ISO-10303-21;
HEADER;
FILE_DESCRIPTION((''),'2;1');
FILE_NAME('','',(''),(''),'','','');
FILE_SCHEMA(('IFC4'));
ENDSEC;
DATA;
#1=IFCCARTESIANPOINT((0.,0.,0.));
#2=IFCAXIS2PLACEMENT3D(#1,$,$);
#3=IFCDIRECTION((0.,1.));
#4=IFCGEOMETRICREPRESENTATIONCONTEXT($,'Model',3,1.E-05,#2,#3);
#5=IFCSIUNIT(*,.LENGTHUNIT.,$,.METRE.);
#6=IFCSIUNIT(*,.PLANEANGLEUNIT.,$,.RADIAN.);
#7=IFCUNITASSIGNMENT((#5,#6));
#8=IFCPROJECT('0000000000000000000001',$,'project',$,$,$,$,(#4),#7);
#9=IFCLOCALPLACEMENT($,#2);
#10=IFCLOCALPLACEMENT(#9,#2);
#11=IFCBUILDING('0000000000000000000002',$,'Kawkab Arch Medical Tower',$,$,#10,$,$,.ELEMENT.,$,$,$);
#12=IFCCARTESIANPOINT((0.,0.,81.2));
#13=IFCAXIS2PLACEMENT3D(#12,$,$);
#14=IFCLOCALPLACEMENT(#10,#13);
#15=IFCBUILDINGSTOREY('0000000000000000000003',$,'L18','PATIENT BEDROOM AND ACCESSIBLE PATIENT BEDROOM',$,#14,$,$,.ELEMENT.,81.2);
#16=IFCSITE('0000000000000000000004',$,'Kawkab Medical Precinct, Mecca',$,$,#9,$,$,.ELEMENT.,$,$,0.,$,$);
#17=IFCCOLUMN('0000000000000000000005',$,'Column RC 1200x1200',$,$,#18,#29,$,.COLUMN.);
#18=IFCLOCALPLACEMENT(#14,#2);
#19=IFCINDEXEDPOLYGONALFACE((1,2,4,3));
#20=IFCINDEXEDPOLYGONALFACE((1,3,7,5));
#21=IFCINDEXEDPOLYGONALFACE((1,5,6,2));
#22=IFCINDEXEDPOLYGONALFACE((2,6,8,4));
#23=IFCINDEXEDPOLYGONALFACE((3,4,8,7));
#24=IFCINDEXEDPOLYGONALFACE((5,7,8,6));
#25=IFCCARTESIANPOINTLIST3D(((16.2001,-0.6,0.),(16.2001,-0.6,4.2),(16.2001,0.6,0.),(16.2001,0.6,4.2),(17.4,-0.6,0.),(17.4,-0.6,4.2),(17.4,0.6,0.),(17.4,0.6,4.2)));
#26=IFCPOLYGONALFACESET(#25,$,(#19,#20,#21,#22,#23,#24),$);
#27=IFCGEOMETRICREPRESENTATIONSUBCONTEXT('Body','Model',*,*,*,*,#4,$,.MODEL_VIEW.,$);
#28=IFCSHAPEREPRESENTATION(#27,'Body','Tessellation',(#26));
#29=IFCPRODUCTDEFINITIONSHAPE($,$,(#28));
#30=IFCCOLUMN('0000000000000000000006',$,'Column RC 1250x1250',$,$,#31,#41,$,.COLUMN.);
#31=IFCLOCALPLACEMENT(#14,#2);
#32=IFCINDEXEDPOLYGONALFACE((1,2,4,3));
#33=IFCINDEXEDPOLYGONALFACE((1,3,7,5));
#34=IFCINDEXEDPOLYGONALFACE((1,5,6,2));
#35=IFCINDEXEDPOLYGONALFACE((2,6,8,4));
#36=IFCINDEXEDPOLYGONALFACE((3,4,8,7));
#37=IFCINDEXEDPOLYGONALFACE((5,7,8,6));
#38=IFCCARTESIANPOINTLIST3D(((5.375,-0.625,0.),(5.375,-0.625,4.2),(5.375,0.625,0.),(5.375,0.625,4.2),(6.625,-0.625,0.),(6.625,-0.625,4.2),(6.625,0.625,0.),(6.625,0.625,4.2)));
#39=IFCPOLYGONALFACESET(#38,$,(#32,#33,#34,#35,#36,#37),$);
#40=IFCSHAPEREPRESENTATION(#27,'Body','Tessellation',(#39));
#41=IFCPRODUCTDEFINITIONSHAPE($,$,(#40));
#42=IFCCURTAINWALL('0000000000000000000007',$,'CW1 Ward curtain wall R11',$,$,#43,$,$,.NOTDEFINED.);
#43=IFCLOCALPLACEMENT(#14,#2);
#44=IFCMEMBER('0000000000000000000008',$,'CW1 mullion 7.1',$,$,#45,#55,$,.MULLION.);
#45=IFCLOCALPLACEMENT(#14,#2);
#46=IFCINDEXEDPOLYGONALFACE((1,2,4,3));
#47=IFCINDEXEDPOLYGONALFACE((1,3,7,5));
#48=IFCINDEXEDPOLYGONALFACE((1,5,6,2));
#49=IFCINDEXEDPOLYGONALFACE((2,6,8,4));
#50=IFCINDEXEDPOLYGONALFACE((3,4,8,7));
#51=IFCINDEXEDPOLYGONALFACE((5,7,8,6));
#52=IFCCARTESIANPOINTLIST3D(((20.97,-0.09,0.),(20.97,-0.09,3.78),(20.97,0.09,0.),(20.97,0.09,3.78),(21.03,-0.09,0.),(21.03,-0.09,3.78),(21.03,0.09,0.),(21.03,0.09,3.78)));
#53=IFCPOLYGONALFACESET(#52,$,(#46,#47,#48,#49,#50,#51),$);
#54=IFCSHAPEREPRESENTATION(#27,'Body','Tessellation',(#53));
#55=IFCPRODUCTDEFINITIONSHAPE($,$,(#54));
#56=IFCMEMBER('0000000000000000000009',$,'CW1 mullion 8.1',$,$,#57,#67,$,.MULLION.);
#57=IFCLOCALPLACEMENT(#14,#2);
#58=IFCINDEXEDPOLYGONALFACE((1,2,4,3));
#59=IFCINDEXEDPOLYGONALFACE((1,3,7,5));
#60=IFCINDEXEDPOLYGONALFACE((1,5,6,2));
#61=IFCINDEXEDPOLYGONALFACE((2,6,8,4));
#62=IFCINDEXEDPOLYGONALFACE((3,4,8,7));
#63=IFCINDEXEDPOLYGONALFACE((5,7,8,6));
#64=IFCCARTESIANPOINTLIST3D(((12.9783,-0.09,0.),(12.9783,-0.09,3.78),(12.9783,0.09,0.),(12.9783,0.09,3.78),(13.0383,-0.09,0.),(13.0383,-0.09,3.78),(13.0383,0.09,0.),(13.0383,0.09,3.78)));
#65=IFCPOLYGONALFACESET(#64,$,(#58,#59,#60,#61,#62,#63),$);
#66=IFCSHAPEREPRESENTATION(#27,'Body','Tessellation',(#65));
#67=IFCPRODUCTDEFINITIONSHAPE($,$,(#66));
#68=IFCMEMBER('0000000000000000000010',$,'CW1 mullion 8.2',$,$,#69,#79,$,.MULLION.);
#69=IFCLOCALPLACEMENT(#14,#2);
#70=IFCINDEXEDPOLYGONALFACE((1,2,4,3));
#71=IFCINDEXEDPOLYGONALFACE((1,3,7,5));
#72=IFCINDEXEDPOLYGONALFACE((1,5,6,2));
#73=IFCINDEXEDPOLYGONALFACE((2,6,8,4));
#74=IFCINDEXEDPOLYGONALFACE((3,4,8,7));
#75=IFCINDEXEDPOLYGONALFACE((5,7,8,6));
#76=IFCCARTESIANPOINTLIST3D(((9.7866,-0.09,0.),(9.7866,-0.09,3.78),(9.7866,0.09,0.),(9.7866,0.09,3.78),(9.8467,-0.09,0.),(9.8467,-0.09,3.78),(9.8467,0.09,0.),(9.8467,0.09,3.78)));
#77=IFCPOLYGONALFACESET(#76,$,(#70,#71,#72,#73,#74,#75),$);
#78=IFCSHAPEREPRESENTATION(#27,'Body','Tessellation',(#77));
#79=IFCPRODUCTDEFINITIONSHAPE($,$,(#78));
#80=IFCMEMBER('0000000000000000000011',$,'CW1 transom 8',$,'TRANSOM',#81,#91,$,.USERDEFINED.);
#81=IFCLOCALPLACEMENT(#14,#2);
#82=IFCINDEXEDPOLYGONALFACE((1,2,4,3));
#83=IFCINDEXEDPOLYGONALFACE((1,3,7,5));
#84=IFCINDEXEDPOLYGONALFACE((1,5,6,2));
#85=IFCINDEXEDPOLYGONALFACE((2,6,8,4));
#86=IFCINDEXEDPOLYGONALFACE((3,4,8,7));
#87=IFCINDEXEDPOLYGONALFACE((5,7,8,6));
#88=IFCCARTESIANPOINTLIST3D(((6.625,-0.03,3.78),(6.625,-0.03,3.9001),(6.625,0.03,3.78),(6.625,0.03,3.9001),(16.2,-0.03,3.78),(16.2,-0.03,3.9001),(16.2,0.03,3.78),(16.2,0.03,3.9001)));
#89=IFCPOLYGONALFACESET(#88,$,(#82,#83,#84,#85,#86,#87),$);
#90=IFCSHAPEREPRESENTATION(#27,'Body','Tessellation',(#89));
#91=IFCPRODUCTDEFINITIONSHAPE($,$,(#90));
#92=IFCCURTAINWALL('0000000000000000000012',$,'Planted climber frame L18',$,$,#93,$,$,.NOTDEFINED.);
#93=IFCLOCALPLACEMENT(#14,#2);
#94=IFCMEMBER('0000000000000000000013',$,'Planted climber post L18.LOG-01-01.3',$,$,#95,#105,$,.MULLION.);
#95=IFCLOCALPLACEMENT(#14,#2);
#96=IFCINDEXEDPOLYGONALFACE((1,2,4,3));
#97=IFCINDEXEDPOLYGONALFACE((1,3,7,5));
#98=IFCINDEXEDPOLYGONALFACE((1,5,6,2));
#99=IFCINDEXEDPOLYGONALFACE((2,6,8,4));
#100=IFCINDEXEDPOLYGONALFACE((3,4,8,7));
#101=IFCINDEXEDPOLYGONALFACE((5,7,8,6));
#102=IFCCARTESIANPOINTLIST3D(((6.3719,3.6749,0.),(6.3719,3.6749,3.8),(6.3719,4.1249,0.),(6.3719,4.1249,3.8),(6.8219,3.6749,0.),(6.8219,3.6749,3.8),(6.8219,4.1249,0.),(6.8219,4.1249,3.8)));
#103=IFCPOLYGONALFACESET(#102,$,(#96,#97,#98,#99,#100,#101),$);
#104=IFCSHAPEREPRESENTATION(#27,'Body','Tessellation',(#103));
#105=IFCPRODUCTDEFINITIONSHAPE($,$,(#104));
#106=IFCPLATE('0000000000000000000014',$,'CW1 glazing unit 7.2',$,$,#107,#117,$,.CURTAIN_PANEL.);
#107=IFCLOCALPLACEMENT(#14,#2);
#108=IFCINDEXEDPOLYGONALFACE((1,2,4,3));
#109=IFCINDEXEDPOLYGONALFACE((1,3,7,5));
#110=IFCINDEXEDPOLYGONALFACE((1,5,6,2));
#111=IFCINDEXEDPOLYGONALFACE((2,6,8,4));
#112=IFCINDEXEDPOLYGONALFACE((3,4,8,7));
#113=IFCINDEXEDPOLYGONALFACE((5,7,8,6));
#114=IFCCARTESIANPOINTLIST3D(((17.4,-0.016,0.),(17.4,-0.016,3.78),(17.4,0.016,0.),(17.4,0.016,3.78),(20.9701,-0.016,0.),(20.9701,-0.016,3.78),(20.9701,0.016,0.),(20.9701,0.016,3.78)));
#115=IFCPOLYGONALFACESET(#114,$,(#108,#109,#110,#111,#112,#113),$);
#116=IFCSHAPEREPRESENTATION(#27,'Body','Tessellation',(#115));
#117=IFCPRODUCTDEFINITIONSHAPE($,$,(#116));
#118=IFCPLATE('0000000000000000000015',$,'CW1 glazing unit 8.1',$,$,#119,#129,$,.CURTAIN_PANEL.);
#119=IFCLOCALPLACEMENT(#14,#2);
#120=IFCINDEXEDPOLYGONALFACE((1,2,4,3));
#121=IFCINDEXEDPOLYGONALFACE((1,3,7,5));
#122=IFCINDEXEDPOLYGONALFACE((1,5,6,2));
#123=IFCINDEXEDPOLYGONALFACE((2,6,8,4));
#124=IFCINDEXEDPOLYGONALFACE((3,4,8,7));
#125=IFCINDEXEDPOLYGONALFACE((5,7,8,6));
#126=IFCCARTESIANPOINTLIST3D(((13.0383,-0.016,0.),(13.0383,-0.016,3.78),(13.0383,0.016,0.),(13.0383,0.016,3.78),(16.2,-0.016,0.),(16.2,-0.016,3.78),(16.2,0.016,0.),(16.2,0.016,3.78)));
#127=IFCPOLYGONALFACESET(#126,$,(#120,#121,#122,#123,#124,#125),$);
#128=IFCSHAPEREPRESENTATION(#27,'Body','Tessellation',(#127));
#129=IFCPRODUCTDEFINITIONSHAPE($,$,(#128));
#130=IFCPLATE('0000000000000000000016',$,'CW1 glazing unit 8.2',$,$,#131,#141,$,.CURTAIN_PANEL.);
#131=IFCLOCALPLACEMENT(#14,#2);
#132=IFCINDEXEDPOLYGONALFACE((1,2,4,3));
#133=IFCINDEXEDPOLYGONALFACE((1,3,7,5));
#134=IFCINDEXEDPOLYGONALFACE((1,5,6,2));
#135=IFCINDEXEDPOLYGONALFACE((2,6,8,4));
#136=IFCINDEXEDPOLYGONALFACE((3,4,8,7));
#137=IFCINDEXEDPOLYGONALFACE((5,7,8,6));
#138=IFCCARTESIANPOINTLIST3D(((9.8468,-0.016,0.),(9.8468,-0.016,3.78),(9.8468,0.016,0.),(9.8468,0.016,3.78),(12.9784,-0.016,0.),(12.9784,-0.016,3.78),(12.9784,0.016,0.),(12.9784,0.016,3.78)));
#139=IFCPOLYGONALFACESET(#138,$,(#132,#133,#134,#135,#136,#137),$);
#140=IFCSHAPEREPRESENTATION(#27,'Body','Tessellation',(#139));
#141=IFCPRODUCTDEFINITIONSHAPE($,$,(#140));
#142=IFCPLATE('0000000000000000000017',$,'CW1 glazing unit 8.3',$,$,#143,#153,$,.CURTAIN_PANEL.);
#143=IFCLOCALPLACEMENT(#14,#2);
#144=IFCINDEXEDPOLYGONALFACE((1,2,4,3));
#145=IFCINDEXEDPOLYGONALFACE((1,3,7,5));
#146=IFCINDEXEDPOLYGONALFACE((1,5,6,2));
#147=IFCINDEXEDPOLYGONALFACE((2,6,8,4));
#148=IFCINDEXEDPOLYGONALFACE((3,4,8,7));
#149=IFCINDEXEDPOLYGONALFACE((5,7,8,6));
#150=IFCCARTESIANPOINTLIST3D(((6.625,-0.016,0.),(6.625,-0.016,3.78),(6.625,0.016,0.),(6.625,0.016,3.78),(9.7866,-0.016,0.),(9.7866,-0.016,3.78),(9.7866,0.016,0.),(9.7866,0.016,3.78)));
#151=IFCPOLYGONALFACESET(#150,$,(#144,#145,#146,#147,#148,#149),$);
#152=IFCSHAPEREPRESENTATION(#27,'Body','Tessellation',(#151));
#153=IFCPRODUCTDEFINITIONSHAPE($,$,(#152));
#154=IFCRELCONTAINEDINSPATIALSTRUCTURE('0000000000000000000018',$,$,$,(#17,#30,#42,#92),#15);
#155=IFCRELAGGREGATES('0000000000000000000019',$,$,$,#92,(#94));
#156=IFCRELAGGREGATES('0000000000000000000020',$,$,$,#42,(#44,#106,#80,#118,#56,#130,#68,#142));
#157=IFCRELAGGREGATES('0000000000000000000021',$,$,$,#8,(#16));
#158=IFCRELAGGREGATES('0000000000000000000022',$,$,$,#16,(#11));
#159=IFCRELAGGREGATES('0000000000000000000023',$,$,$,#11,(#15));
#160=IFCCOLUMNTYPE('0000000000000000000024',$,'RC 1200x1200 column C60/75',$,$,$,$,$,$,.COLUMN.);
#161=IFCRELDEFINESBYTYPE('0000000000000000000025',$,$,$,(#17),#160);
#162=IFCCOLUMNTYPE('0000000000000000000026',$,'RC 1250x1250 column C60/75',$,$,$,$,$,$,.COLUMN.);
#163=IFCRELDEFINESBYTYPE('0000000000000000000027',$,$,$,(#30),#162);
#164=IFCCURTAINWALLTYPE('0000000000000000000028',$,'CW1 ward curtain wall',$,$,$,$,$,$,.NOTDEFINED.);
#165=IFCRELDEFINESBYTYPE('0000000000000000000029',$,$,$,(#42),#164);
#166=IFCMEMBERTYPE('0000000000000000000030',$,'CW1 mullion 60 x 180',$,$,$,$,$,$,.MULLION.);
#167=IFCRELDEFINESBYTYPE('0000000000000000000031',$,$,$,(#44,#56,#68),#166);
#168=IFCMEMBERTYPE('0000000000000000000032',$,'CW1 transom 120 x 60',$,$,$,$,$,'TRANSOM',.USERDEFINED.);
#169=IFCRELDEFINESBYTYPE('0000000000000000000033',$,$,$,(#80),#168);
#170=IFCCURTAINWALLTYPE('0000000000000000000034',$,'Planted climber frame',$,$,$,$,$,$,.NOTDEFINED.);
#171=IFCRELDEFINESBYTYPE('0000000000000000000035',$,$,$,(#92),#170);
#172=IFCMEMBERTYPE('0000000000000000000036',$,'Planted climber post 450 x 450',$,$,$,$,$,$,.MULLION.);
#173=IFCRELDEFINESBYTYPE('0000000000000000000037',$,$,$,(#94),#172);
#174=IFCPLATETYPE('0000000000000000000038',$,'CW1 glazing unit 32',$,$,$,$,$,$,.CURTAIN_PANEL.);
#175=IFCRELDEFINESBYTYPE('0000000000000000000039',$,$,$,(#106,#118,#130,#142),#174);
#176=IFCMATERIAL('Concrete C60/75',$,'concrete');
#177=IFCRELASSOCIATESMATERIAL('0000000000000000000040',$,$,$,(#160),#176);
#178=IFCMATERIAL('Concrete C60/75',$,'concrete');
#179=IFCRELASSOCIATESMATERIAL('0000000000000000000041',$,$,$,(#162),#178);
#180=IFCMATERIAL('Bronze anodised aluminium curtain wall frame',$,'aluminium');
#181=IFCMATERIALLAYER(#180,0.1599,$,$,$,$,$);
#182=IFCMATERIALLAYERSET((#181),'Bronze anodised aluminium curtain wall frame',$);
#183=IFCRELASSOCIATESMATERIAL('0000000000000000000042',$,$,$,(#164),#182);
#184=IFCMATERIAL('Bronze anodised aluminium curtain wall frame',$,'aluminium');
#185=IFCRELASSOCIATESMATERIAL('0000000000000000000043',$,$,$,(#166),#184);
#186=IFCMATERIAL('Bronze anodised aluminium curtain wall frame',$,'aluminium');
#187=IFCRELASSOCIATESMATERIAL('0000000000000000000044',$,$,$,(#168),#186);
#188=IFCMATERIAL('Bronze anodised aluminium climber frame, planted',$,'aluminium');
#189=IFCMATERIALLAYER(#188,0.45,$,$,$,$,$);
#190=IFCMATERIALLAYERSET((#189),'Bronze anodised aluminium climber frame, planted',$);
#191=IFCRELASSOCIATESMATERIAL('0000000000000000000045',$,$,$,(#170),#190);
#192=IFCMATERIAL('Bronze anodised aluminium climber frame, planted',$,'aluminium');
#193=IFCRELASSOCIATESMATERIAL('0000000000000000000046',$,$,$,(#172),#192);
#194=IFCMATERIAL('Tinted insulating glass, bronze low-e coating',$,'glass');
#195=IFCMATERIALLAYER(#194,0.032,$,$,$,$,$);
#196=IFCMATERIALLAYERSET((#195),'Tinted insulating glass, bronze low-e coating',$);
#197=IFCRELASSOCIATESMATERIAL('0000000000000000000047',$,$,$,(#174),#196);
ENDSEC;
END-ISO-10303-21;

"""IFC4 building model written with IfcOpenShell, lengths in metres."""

from ifc_helpers import new_model, si_unit, direction, frame, origin, origin_2d, place, context, subcontext, project, spatial, rectangle, extrude, material, layer, layer_set, material_profile, profile_set, type_object, element, aggregate, save


model = new_model("IFC4")

# Units and contexts
model_context = context("Model", 3, precision=1e-05, world=origin(), true_north=direction((0.0, 1.0)))
body_context = subcontext(model_context, "Body", "Model", "MODEL_VIEW")
ifc_project = project(units=[si_unit("LENGTHUNIT", "METRE"), si_unit("PLANEANGLEUNIT", "RADIAN")], contexts=[model_context])

# Site, building, storey
site_placement = place(None, origin())
site = spatial("IfcSite", under=ifc_project, at=site_placement, Name="Kawkab Medical Precinct, Mecca", CompositionType="ELEMENT", RefElevation=0.0)
building_placement = place(site_placement, origin())
building = spatial("IfcBuilding", under=site, at=building_placement, Name="Kawkab Arch Medical Tower", CompositionType="ELEMENT")
storey_placement = place(building_placement, frame((0.0, 0.0, 81.2)))
storey = spatial("IfcBuildingStorey", under=building, at=storey_placement, Name="L18", Description="PATIENT BEDROOM AND ACCESSIBLE PATIENT BEDROOM", CompositionType="ELEMENT", Elevation=81.2)

# Columns
ifc_material_1 = material(Name="Concrete C60/75", Category="concrete")
ifc_material_profile_1 = material_profile(ifc_material_1, rectangle(XDim=1.2, YDim=1.2, at=origin_2d()), Name="RC 1200x1200")
ifc_profile_set_1 = profile_set([ifc_material_profile_1], Name="Concrete C60/75")
column_type_1 = type_object("IfcColumnType", Name="RC 1200x1200 column C60/75", PredefinedType="COLUMN", material=ifc_profile_set_1)
column_1_placement = place(storey_placement, frame((16.8, 0.0, 0.0), z_axis=(0.0, 0.0, 1.0), x_axis=(1.0, 0.0, 0.0)))
element("IfcColumn", 1, at=column_1_placement, inside=storey, type_object=column_type_1, Name="Column RC 1200x1200", PredefinedType="COLUMN", context=body_context, shape_type="SweptSolid", body=[
    extrude(rectangle(XDim=1.2, YDim=1.2, at=origin_2d()), origin(), (0.0, 0.0, 1.0), 4.2),
])
ifc_material_2 = material(Name="Concrete C60/75", Category="concrete")
ifc_material_profile_2 = material_profile(ifc_material_2, rectangle(XDim=1.25, YDim=1.25, at=origin_2d()), Name="RC 1250x1250")
ifc_profile_set_2 = profile_set([ifc_material_profile_2], Name="Concrete C60/75")
column_type_2 = type_object("IfcColumnType", Name="RC 1250x1250 column C60/75", PredefinedType="COLUMN", material=ifc_profile_set_2)
column_2_placement = place(storey_placement, frame((6.0, 0.0, 0.0), z_axis=(0.0, 0.0, 1.0), x_axis=(1.0, 0.0, 0.0)))
element("IfcColumn", 2, at=column_2_placement, inside=storey, type_object=column_type_2, Name="Column RC 1250x1250", PredefinedType="COLUMN", context=body_context, shape_type="SweptSolid", body=[
    extrude(rectangle(XDim=1.25, YDim=1.25, at=origin_2d()), origin(), (0.0, 0.0, 1.0), 4.2),
])

# Curtain wall, members
ifc_material_3 = material(Name="Bronze anodised aluminium curtain wall frame", Category="aluminium")
ifc_layer_1 = layer(ifc_material_3, 0.1599)
ifc_layer_set_1 = layer_set([ifc_layer_1], Name="Bronze anodised aluminium curtain wall frame")
curtain_wall_type_1 = type_object("IfcCurtainWallType", Name="CW1 ward curtain wall", PredefinedType="NOTDEFINED", material=ifc_layer_set_1)
placement = place(storey_placement, origin())
curtain_wall_1 = element("IfcCurtainWall", 3, at=placement, inside=storey, type_object=curtain_wall_type_1, Name="CW1 Ward curtain wall R11", PredefinedType="NOTDEFINED")
ifc_material_4 = material(Name="Bronze anodised aluminium curtain wall frame", Category="aluminium")
ifc_material_profile_3 = material_profile(ifc_material_4, rectangle(XDim=0.1799, YDim=0.0601, at=origin_2d()), Name="AL 60x180")
ifc_profile_set_3 = profile_set([ifc_material_profile_3], Name="Bronze anodised aluminium curtain wall frame")
member_type_1 = type_object("IfcMemberType", Name="CW1 mullion 60 x 180", PredefinedType="MULLION", material=ifc_profile_set_3)
member_1_placement = place(storey_placement, frame((21.0, 0.0, 0.0), z_axis=(0.0, 0.0, 1.0), x_axis=(0.0, -1.0, 0.0)))
member_1 = element("IfcMember", 4, at=member_1_placement, type_object=member_type_1, Name="CW1 mullion 7.1", PredefinedType="MULLION", context=body_context, shape_type="SweptSolid", body=[
    extrude(rectangle(XDim=0.1799, YDim=0.0601, at=origin_2d()), origin(), (0.0, 0.0, 1.0), 3.78),
])
member_2_placement = place(storey_placement, frame((13.0083, 0.0, 0.0), z_axis=(0.0, 0.0, 1.0), x_axis=(0.0, -1.0, 0.0)))
member_2 = element("IfcMember", 5, at=member_2_placement, type_object=member_type_1, Name="CW1 mullion 8.1", PredefinedType="MULLION", context=body_context, shape_type="SweptSolid", body=[
    extrude(rectangle(XDim=0.1799, YDim=0.0601, at=origin_2d()), origin(), (0.0, 0.0, 1.0), 3.78),
])
member_3_placement = place(storey_placement, frame((9.8167, 0.0, 0.0), z_axis=(0.0, 0.0, 1.0), x_axis=(0.0, -1.0, 0.0)))
member_3 = element("IfcMember", 6, at=member_3_placement, type_object=member_type_1, Name="CW1 mullion 8.2", PredefinedType="MULLION", context=body_context, shape_type="SweptSolid", body=[
    extrude(rectangle(XDim=0.1799, YDim=0.0601, at=origin_2d()), origin(), (0.0, 0.0, 1.0), 3.78),
])
ifc_material_5 = material(Name="Bronze anodised aluminium curtain wall frame", Category="aluminium")
ifc_material_profile_4 = material_profile(ifc_material_5, rectangle(XDim=0.0601, YDim=0.1201, at=origin_2d()), Name="AL 60x120")
ifc_profile_set_4 = profile_set([ifc_material_profile_4], Name="Bronze anodised aluminium curtain wall frame")
member_type_2 = type_object("IfcMemberType", Name="CW1 transom 120 x 60", ElementType="TRANSOM", PredefinedType="USERDEFINED", material=ifc_profile_set_4)
member_4_placement = place(storey_placement, frame((16.2, 0.0, 3.8401), z_axis=(-1.0, 0.0, 0.0), x_axis=(0.0, -1.0, 0.0)))
member_4 = element("IfcMember", 7, at=member_4_placement, type_object=member_type_2, Name="CW1 transom 8", ObjectType="TRANSOM", PredefinedType="USERDEFINED", context=body_context, shape_type="SweptSolid", body=[
    extrude(rectangle(XDim=0.0601, YDim=0.1201, at=origin_2d()), origin(), (0.0, 0.0, 1.0), 9.575),
])

# Curtain wall, member
ifc_material_6 = material(Name="Bronze anodised aluminium climber frame, planted", Category="aluminium")
ifc_layer_2 = layer(ifc_material_6, 0.45)
ifc_layer_set_2 = layer_set([ifc_layer_2], Name="Bronze anodised aluminium climber frame, planted")
curtain_wall_type_2 = type_object("IfcCurtainWallType", Name="Planted climber frame", PredefinedType="NOTDEFINED", material=ifc_layer_set_2)
curtain_wall_2 = element("IfcCurtainWall", 8, at=placement, inside=storey, type_object=curtain_wall_type_2, Name="Planted climber frame L18", PredefinedType="NOTDEFINED")
ifc_material_7 = material(Name="Bronze anodised aluminium climber frame, planted", Category="aluminium")
ifc_material_profile_5 = material_profile(ifc_material_7, rectangle(XDim=0.45, YDim=0.45, at=origin_2d()), Name="Post 450x450")
ifc_profile_set_5 = profile_set([ifc_material_profile_5], Name="Bronze anodised aluminium climber frame, planted")
member_type_3 = type_object("IfcMemberType", Name="Planted climber post 450 x 450", PredefinedType="MULLION", material=ifc_profile_set_5)
member_5_placement = place(storey_placement, frame((6.5969, 3.8999, 0.0), z_axis=(0.0, 0.0, 1.0), x_axis=(1.0, 0.0, 0.0)))
member_5 = element("IfcMember", 9, at=member_5_placement, type_object=member_type_3, Name="Planted climber post L18.LOG-01-01.3", PredefinedType="MULLION", context=body_context, shape_type="SweptSolid", body=[
    extrude(rectangle(XDim=0.45, YDim=0.45, at=origin_2d()), origin(), (0.0, 0.0, 1.0), 3.8),
])
aggregate(curtain_wall_2, [member_5])

# Plates
ifc_material_8 = material(Name="Tinted insulating glass, bronze low-e coating", Category="glass")
ifc_layer_3 = layer(ifc_material_8, 0.032)
ifc_layer_set_3 = layer_set([ifc_layer_3], Name="Tinted insulating glass, bronze low-e coating")
plate_type = type_object("IfcPlateType", Name="CW1 glazing unit 32", PredefinedType="CURTAIN_PANEL", material=ifc_layer_set_3)
plate_1_placement = place(storey_placement, frame((19.1851, 0.0, 0.0), z_axis=(0.0, 0.0, 1.0), x_axis=(-1.0, 0.0, 0.0)))
plate_1 = element("IfcPlate", 10, at=plate_1_placement, type_object=plate_type, Name="CW1 glazing unit 7.2", PredefinedType="CURTAIN_PANEL", context=body_context, shape_type="SweptSolid", body=[
    extrude(rectangle(XDim=3.5701, YDim=0.032, at=origin_2d()), origin(), (0.0, 0.0, 1.0), 3.78),
])
plate_2_placement = place(storey_placement, frame((14.6191, 0.0, 0.0), z_axis=(0.0, 0.0, 1.0), x_axis=(-1.0, 0.0, 0.0)))
plate_2 = element("IfcPlate", 11, at=plate_2_placement, type_object=plate_type, Name="CW1 glazing unit 8.1", PredefinedType="CURTAIN_PANEL", context=body_context, shape_type="SweptSolid", body=[
    extrude(rectangle(XDim=3.1616, YDim=0.032, at=origin_2d()), origin(), (0.0, 0.0, 1.0), 3.78),
])
plate_3_placement = place(storey_placement, frame((11.4126, 0.0, 0.0), z_axis=(0.0, 0.0, 1.0), x_axis=(-1.0, 0.0, 0.0)))
plate_3 = element("IfcPlate", 12, at=plate_3_placement, type_object=plate_type, Name="CW1 glazing unit 8.2", PredefinedType="CURTAIN_PANEL", context=body_context, shape_type="SweptSolid", body=[
    extrude(rectangle(XDim=3.1316, YDim=0.032, at=origin_2d()), origin(), (0.0, 0.0, 1.0), 3.78),
])
plate_4_placement = place(storey_placement, frame((8.2058, 0.0, 0.0), z_axis=(0.0, 0.0, 1.0), x_axis=(-1.0, 0.0, 0.0)))
plate_4 = element("IfcPlate", 13, at=plate_4_placement, type_object=plate_type, Name="CW1 glazing unit 8.3", PredefinedType="CURTAIN_PANEL", context=body_context, shape_type="SweptSolid", body=[
    extrude(rectangle(XDim=3.1616, YDim=0.032, at=origin_2d()), origin(), (0.0, 0.0, 1.0), 3.78),
])
aggregate(curtain_wall_1, [member_1, plate_1, member_4, plate_2, member_2, plate_3, member_3, plate_4])

save(model, "model.ifc")
